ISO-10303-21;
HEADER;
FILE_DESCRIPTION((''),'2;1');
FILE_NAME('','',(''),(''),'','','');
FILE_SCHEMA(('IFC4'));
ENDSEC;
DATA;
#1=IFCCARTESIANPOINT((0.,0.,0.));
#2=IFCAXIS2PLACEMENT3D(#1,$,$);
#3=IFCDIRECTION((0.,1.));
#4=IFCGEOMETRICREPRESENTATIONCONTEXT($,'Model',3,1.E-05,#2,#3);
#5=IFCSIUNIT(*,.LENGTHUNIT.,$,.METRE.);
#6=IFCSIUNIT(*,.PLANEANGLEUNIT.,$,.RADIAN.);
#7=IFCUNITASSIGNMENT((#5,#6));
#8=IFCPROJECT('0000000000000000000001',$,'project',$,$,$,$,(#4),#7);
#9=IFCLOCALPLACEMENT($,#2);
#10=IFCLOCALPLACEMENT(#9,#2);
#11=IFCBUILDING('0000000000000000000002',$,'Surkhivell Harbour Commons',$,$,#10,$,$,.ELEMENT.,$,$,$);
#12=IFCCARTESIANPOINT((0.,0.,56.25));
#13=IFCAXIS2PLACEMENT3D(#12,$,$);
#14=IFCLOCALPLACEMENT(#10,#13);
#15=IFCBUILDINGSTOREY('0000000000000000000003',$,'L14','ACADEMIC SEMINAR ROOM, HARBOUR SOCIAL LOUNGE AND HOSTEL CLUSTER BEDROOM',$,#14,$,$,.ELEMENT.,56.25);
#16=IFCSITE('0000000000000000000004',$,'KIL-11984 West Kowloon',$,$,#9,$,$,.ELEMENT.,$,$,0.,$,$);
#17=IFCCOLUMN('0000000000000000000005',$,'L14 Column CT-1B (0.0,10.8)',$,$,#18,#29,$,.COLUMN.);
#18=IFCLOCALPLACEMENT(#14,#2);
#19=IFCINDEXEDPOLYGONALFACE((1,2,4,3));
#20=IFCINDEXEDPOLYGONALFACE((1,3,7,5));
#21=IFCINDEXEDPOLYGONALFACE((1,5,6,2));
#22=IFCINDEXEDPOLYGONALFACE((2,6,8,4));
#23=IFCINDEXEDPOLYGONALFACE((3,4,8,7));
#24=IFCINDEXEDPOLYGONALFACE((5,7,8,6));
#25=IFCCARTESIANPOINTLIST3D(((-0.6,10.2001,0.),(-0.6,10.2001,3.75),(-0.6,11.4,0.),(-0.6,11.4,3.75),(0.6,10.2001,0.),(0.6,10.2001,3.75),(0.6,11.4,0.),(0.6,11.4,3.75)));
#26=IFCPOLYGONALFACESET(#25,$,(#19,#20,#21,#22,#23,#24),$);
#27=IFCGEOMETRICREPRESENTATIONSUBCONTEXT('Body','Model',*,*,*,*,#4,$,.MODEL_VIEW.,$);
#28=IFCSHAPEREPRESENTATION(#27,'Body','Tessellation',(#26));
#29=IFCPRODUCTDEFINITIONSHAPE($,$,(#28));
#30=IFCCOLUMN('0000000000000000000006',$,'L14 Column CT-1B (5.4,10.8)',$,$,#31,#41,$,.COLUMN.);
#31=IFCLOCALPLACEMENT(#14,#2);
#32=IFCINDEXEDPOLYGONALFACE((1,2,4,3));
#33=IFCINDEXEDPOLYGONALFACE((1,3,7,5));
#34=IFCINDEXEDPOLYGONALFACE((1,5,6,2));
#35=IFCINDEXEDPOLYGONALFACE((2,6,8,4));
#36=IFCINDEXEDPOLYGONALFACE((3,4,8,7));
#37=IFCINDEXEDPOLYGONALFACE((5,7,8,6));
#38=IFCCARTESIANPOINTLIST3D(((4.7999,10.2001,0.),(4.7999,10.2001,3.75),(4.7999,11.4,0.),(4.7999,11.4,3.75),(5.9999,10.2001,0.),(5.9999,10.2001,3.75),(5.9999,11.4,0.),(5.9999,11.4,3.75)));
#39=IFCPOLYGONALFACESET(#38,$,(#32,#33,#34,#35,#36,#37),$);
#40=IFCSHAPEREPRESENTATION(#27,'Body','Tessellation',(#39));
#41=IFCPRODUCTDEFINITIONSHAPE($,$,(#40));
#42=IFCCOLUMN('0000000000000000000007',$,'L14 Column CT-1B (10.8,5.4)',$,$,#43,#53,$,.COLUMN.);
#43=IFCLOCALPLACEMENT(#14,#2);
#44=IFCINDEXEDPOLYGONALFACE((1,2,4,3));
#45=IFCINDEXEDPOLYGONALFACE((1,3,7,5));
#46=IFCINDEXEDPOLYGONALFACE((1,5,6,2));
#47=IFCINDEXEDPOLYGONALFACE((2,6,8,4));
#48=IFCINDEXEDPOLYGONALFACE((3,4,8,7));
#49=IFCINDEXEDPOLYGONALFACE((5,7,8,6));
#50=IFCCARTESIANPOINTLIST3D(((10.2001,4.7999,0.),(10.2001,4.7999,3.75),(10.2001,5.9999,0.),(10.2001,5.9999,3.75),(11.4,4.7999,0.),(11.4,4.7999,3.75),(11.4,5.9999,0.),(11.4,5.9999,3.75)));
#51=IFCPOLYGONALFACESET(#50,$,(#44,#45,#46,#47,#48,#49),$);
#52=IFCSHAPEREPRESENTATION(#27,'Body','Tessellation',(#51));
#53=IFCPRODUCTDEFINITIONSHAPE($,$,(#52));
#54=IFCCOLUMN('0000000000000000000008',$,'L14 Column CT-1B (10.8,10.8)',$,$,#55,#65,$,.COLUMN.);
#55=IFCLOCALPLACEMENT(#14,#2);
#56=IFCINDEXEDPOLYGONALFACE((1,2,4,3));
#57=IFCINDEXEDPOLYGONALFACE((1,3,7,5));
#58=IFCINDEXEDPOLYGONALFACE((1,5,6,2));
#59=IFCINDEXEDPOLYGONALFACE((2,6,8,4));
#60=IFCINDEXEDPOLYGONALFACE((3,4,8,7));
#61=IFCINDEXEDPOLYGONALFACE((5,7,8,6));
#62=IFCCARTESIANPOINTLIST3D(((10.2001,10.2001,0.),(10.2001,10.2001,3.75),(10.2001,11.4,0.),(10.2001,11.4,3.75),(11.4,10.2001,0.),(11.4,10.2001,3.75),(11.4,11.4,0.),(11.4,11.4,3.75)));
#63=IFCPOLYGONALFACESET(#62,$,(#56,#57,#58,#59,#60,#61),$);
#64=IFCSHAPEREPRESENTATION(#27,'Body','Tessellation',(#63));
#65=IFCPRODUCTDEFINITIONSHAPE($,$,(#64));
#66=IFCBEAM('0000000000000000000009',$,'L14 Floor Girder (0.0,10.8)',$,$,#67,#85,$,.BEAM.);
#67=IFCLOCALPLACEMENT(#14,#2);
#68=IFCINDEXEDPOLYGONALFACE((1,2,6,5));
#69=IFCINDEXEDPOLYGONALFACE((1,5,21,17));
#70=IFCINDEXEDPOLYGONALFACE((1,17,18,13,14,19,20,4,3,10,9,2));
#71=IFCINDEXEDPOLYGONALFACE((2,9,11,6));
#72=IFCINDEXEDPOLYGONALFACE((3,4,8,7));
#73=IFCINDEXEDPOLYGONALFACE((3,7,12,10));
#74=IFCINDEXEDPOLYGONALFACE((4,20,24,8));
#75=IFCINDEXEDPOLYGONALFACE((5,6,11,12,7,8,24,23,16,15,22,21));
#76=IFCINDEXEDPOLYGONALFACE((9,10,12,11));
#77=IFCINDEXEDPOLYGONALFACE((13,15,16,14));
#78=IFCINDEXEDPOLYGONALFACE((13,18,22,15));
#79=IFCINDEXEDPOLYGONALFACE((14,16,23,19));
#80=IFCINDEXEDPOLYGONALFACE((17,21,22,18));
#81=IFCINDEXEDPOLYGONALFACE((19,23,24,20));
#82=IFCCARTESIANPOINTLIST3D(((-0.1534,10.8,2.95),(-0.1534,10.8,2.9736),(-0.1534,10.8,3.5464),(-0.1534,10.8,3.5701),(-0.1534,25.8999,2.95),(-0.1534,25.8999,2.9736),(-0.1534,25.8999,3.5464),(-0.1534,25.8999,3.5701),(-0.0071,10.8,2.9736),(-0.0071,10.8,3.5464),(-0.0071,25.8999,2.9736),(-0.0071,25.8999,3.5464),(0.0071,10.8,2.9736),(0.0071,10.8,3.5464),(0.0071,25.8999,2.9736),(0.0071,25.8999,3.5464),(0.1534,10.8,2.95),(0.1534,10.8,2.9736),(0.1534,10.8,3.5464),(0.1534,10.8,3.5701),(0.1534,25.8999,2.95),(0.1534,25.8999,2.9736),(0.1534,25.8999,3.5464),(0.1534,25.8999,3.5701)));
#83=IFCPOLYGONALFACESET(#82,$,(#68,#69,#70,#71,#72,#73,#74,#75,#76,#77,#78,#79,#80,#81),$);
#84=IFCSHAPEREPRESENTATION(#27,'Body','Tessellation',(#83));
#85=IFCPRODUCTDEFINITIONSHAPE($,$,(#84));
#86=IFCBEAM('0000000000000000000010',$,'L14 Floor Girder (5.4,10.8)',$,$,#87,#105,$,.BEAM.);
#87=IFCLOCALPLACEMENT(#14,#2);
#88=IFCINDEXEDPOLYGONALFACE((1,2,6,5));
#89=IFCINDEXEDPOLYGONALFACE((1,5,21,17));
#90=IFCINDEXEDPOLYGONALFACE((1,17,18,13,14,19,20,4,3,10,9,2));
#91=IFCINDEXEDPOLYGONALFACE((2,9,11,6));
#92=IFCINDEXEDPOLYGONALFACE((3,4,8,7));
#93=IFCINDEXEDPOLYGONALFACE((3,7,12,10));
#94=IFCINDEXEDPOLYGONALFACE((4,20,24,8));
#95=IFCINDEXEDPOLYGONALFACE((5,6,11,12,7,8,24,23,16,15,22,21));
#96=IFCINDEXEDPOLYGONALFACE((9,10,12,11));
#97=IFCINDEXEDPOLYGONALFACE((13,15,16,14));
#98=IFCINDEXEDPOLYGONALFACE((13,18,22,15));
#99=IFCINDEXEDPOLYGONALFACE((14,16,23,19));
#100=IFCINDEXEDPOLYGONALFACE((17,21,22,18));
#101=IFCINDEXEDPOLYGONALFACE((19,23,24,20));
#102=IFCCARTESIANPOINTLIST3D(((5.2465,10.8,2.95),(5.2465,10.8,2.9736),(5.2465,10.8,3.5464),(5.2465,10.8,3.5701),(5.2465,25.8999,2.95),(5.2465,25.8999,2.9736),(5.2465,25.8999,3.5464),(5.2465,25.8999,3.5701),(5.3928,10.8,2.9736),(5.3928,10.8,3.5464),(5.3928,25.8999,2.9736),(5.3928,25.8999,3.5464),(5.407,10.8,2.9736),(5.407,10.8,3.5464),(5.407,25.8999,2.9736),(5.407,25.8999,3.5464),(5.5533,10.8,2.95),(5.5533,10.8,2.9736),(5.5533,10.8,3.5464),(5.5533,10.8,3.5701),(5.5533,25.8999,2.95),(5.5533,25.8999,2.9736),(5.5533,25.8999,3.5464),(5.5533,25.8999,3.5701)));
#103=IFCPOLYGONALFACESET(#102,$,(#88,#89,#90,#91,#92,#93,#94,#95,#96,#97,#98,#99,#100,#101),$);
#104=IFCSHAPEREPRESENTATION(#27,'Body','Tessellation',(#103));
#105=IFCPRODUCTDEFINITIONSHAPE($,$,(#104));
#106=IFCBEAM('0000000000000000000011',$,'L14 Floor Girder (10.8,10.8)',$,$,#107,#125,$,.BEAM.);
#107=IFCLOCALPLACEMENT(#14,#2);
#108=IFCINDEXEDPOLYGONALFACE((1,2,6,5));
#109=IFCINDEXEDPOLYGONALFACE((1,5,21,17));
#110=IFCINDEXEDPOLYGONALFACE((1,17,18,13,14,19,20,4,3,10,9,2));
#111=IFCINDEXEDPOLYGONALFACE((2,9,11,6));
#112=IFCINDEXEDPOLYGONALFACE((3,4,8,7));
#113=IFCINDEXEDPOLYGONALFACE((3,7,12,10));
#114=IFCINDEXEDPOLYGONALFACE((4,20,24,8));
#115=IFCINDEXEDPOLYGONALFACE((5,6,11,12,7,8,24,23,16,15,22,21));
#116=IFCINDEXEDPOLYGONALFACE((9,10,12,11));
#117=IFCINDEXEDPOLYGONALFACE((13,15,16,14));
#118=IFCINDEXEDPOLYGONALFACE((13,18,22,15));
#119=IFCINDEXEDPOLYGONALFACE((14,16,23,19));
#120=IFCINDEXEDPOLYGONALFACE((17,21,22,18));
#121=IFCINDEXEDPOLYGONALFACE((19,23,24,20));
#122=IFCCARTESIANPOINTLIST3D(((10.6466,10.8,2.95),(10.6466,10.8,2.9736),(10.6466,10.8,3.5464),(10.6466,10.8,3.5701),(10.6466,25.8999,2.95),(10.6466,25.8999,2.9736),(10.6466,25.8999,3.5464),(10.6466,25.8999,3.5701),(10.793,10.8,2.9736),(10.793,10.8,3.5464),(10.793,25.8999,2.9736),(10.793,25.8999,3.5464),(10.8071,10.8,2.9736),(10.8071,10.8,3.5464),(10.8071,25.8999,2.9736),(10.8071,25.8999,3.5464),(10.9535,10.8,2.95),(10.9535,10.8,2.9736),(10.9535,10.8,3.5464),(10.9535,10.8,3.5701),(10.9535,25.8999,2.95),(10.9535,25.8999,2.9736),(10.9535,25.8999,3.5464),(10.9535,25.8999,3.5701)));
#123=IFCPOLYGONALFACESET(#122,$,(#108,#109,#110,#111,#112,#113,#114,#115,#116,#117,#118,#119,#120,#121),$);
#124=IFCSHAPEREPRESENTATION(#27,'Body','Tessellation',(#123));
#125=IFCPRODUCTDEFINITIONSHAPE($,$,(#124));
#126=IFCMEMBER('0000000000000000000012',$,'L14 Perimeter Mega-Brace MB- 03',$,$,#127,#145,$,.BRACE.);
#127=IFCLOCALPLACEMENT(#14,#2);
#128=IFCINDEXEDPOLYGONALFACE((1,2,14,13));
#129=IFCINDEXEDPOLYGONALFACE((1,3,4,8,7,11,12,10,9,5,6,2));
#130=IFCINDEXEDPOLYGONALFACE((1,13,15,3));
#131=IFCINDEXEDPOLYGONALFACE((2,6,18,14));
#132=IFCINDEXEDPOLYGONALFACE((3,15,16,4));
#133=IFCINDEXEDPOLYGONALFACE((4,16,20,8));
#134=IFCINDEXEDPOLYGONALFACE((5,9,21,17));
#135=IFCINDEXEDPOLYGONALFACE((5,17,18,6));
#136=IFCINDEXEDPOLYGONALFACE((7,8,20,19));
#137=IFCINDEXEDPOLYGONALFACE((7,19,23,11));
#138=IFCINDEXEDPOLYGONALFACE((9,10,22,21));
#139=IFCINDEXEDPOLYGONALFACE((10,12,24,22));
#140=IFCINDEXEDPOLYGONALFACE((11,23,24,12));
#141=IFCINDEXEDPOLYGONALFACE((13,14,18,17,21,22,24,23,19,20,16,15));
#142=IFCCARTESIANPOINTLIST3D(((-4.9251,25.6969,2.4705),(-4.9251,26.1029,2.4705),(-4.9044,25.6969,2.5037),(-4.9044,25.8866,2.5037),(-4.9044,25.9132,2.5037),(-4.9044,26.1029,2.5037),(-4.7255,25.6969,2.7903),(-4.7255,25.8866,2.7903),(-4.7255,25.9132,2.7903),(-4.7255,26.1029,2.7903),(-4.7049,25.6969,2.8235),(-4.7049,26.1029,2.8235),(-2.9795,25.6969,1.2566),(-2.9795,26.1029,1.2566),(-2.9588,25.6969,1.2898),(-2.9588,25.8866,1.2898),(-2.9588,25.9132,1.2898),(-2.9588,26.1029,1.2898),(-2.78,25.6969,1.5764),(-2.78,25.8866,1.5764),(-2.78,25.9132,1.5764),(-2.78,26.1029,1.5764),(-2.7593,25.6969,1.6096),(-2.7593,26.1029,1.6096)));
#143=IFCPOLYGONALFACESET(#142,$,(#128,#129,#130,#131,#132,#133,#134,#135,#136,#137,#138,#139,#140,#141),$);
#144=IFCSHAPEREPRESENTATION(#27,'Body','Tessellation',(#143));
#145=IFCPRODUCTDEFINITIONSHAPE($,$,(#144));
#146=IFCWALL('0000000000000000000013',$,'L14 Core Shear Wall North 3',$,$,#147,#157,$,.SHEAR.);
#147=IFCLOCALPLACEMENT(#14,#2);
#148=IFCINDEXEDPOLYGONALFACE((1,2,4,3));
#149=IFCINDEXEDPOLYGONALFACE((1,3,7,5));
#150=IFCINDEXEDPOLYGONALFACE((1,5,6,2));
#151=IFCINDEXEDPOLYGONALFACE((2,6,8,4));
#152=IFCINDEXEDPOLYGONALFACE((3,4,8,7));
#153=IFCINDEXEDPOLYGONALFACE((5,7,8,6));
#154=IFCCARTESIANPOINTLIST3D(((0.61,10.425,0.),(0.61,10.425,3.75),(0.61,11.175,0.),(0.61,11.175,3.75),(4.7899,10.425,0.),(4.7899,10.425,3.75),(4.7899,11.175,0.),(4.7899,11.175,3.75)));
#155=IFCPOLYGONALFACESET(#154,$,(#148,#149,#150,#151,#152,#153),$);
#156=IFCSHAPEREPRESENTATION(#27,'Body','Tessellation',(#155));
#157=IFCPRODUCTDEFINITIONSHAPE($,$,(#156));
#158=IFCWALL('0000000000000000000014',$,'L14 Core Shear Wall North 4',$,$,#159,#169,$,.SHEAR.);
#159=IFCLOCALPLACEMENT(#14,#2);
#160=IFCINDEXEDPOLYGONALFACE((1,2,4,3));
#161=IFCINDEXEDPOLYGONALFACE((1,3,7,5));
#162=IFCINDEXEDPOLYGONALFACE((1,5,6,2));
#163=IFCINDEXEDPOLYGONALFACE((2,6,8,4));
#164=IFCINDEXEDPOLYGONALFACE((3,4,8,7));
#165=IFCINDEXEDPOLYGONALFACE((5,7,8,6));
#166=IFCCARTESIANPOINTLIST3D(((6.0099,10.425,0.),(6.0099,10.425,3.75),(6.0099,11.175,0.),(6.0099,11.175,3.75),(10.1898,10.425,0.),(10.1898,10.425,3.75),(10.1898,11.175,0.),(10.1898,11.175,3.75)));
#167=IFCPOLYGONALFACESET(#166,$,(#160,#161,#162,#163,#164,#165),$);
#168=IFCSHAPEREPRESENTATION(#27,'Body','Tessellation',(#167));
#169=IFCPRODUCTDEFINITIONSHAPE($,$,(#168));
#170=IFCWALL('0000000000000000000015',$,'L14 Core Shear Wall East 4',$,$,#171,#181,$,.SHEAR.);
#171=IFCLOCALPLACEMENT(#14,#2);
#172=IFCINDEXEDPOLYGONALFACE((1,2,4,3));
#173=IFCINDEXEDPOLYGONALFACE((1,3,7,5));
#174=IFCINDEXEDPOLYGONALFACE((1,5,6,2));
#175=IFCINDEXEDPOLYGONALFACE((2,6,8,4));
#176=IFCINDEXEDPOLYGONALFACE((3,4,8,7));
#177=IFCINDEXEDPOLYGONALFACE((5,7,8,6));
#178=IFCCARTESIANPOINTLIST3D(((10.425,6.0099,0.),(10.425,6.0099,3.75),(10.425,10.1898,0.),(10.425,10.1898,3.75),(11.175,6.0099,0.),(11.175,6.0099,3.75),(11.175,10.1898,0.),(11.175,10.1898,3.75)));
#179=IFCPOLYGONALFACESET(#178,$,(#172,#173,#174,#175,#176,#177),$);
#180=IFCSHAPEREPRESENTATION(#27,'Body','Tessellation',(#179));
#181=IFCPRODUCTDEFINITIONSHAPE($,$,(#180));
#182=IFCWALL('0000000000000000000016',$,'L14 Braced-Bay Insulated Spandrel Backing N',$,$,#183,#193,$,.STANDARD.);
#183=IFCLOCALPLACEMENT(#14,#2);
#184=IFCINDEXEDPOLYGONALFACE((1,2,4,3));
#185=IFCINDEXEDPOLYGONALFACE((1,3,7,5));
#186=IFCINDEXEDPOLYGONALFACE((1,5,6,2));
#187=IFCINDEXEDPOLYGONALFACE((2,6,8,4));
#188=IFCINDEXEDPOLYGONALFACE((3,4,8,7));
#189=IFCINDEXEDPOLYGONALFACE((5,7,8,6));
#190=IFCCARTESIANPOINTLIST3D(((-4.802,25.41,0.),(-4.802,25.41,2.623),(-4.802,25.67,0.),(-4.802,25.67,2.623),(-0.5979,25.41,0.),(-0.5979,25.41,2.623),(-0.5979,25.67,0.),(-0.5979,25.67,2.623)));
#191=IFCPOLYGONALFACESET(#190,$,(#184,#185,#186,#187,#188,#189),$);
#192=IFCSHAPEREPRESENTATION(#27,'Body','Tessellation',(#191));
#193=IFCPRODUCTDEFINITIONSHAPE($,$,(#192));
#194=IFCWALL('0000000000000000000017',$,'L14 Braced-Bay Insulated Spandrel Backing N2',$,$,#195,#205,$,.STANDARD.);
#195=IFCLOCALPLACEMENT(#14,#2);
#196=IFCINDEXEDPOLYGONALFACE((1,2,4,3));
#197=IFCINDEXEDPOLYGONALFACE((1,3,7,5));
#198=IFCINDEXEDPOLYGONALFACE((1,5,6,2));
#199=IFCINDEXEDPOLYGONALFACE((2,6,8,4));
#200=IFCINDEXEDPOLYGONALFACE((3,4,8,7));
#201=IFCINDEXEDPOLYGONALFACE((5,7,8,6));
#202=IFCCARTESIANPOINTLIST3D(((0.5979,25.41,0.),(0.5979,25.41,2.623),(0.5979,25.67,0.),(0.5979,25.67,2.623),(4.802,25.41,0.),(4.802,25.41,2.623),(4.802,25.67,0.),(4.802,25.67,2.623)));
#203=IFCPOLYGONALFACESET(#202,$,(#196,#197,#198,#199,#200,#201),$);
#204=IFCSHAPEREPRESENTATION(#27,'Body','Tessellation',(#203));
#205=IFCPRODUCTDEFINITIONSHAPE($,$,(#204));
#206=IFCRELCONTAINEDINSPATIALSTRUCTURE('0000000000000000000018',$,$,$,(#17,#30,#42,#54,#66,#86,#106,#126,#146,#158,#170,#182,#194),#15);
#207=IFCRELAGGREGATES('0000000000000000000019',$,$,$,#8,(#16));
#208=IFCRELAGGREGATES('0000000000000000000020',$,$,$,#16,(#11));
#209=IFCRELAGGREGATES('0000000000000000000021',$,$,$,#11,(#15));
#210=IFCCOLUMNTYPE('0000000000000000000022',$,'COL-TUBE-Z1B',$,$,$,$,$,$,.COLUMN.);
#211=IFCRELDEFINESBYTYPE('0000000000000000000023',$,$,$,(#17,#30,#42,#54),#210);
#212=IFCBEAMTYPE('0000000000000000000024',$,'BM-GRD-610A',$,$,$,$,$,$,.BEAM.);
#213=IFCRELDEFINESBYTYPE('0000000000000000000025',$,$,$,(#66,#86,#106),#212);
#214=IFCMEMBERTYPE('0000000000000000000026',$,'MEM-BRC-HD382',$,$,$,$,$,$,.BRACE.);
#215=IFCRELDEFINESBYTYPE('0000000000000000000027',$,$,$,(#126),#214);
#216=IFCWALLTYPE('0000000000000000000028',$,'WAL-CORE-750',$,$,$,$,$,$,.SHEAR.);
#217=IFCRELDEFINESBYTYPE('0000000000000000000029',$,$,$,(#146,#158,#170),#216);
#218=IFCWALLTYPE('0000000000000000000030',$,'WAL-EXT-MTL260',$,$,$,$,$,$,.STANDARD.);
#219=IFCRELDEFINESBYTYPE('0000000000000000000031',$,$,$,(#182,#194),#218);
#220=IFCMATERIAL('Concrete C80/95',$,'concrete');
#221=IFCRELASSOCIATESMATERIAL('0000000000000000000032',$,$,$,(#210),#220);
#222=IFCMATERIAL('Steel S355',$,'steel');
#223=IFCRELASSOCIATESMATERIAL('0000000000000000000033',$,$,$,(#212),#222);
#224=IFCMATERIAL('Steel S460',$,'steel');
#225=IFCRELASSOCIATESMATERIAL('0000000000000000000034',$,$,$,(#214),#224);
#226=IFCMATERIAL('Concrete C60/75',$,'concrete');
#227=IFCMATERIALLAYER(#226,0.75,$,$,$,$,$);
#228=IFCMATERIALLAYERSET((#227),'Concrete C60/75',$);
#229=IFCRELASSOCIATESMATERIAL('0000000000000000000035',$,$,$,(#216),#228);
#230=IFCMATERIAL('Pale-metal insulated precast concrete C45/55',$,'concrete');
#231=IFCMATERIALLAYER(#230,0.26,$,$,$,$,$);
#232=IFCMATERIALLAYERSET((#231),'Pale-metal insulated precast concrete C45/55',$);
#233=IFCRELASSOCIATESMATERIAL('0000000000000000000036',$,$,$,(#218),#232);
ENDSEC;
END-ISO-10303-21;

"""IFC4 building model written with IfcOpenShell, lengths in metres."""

from ifc_helpers import new_model, si_unit, direction, frame, frame_2d, origin, origin_2d, place, context, subcontext, project, spatial, rectangle, i_section, extrude, material, layer, layer_set, material_profile, profile_set, type_object, element, save


model = new_model("IFC4")

# Units and contexts
model_context = context("Model", 3, precision=1e-05, world=origin(), true_north=direction((0.0, 1.0)))
body_context = subcontext(model_context, "Body", "Model", "MODEL_VIEW")
ifc_project = project(units=[si_unit("LENGTHUNIT", "METRE"), si_unit("PLANEANGLEUNIT", "RADIAN")], contexts=[model_context])

# Site, building, storey
site_placement = place(None, origin())
site = spatial("IfcSite", under=ifc_project, at=site_placement, Name="KIL-11984 West Kowloon", CompositionType="ELEMENT", RefElevation=0.0)
building_placement = place(site_placement, origin())
building = spatial("IfcBuilding", under=site, at=building_placement, Name="Surkhivell Harbour Commons", CompositionType="ELEMENT")
storey_placement = place(building_placement, frame((0.0, 0.0, 56.25)))
storey = spatial("IfcBuildingStorey", under=building, at=storey_placement, Name="L14", Description="ACADEMIC SEMINAR ROOM, HARBOUR SOCIAL LOUNGE AND HOSTEL CLUSTER BEDROOM", CompositionType="ELEMENT", Elevation=56.25)

# Columns
ifc_material_1 = material(Name="Concrete C80/95", Category="concrete")
ifc_material_profile_1 = material_profile(ifc_material_1, rectangle(XDim=1.2, YDim=1.2, at=origin_2d()), Name="RC-COL-1200x1200")
ifc_profile_set_1 = profile_set([ifc_material_profile_1], Name="Concrete C80/95")
column_type = type_object("IfcColumnType", Name="COL-TUBE-Z1B", PredefinedType="COLUMN", material=ifc_profile_set_1)
for number, where, z_axis, x_axis, name in (
    (1, (0.0, 10.8, 0.0), (0.0, 0.0, 1.0), (1.0, 0.0, 0.0), "L14 Column CT-1B (0.0,10.8)"),
    (2, (5.3999, 10.8, 0.0), (0.0, 0.0, 1.0), (1.0, 0.0, 0.0), "L14 Column CT-1B (5.4,10.8)"),
    (3, (10.8, 5.3999, 0.0), (0.0, 0.0, 1.0), (1.0, 0.0, 0.0), "L14 Column CT-1B (10.8,5.4)"),
    (4, (10.8, 10.8, 0.0), (0.0, 0.0, 1.0), (1.0, 0.0, 0.0), "L14 Column CT-1B (10.8,10.8)"),
):
    element("IfcColumn", number, at=place(storey_placement, frame(where, z_axis=z_axis, x_axis=x_axis)), inside=storey, type_object=column_type, Name=name, PredefinedType="COLUMN", context=body_context, shape_type="SweptSolid", body=[
        extrude(rectangle(XDim=1.2, YDim=1.2, at=origin_2d()), origin(), (0.0, 0.0, 1.0), 3.75),
    ])

# Beams
ifc_material_2 = material(Name="Steel S355", Category="steel")
ifc_material_profile_2 = material_profile(ifc_material_2, i_section(OverallWidth=0.3069, OverallDepth=0.6201, WebThickness=0.0142, FlangeThickness=0.0237, at=origin_2d()), Name="UB610x305x179")
ifc_profile_set_2 = profile_set([ifc_material_profile_2], Name="Steel S355")
beam_type = type_object("IfcBeamType", Name="BM-GRD-610A", PredefinedType="BEAM", material=ifc_profile_set_2)
for number, where, z_axis, x_axis, name in (
    (5, (0.0, 10.8, 3.26), (0.0, 1.0, 0.0), (-1.0, 0.0, 0.0), "L14 Floor Girder (0.0,10.8)"),
    (6, (5.3999, 10.8, 3.26), (0.0, 1.0, 0.0), (-1.0, 0.0, 0.0), "L14 Floor Girder (5.4,10.8)"),
    (7, (10.8, 10.8, 3.26), (0.0, 1.0, 0.0), (-1.0, 0.0, 0.0), "L14 Floor Girder (10.8,10.8)"),
):
    element("IfcBeam", number, at=place(storey_placement, frame(where, z_axis=z_axis, x_axis=x_axis)), inside=storey, type_object=beam_type, Name=name, PredefinedType="BEAM", context=body_context, shape_type="SweptSolid", body=[
        extrude(i_section(OverallWidth=0.3069, OverallDepth=0.6201, WebThickness=0.0142, FlangeThickness=0.0237, at=origin_2d()), origin(), (0.0, 0.0, 1.0), 15.0999),
    ])

# Member
ifc_material_3 = material(Name="Steel S460", Category="steel")
ifc_material_profile_3 = material_profile(ifc_material_3, i_section(OverallWidth=0.406, OverallDepth=0.416, WebThickness=0.0266, FlangeThickness=0.0391, at=origin_2d()), Name="HD400x382")
ifc_profile_set_3 = profile_set([ifc_material_profile_3], Name="Steel S460")
member_type = type_object("IfcMemberType", Name="MEM-BRC-HD382", PredefinedType="BRACE", material=ifc_profile_set_3)
member_placement = place(storey_placement, frame((-2.8694, 25.8999, 1.4331), z_axis=(-0.848411, 0.0, 0.529338), x_axis=(0.0, -1.0, 0.0)))
element("IfcMember", 8, at=member_placement, inside=storey, type_object=member_type, Name="L14 Perimeter Mega-Brace MB- 03", PredefinedType="BRACE", context=body_context, shape_type="SweptSolid", body=[
    extrude(i_section(OverallWidth=0.406, OverallDepth=0.416, WebThickness=0.0266, FlangeThickness=0.0391, at=origin_2d()), origin(), (0.0, 0.0, 1.0), 2.2932),
])

# Walls
ifc_material_4 = material(Name="Concrete C60/75", Category="concrete")
ifc_layer_1 = layer(ifc_material_4, 0.75)
ifc_layer_set_1 = layer_set([ifc_layer_1], Name="Concrete C60/75")
wall_type_1 = type_object("IfcWallType", Name="WAL-CORE-750", PredefinedType="SHEAR", material=ifc_layer_set_1)
for number, where, z_axis, x_axis, name in (
    (9, (0.6101, 10.8, 0.0), (0.0, 0.0, 1.0), (1.0, 0.0, 0.0), "L14 Core Shear Wall North 3"),
    (10, (6.01, 10.8, 0.0), (0.0, 0.0, 1.0), (1.0, 0.0, 0.0), "L14 Core Shear Wall North 4"),
    (11, (10.8, 6.01, 0.0), (0.0, 0.0, 1.0), (0.0, 1.0, 0.0), "L14 Core Shear Wall East 4"),
):
    element("IfcWall", number, at=place(storey_placement, frame(where, z_axis=z_axis, x_axis=x_axis)), inside=storey, type_object=wall_type_1, Name=name, PredefinedType="SHEAR", context=body_context, shape_type="SweptSolid", body=[
        extrude(rectangle(XDim=4.1799, YDim=0.75, at=frame_2d((2.0898, 0.0))), origin(), (0.0, 0.0, 1.0), 3.75),
    ])
ifc_material_5 = material(Name="Pale-metal insulated precast concrete C45/55", Category="concrete")
ifc_layer_2 = layer(ifc_material_5, 0.26)
ifc_layer_set_2 = layer_set([ifc_layer_2], Name="Pale-metal insulated precast concrete C45/55")
wall_type_2 = type_object("IfcWallType", Name="WAL-EXT-MTL260", PredefinedType="STANDARD", material=ifc_layer_set_2)
for number, where, z_axis, x_axis, name in (
    (12, (-0.5979, 25.54, 0.0), (0.0, 0.0, 1.0), (-1.0, 0.0, 0.0), "L14 Braced-Bay Insulated Spandrel Backing N"),
    (13, (4.802, 25.54, 0.0), (0.0, 0.0, 1.0), (-1.0, 0.0, 0.0), "L14 Braced-Bay Insulated Spandrel Backing N2"),
):
    element("IfcWall", number, at=place(storey_placement, frame(where, z_axis=z_axis, x_axis=x_axis)), inside=storey, type_object=wall_type_2, Name=name, PredefinedType="STANDARD", context=body_context, shape_type="SweptSolid", body=[
        extrude(rectangle(XDim=4.2041, YDim=0.26, at=frame_2d((2.1021, 0.0))), origin(), (0.0, 0.0, 1.0), 2.623),
    ])

save(model, "model.ifc")
